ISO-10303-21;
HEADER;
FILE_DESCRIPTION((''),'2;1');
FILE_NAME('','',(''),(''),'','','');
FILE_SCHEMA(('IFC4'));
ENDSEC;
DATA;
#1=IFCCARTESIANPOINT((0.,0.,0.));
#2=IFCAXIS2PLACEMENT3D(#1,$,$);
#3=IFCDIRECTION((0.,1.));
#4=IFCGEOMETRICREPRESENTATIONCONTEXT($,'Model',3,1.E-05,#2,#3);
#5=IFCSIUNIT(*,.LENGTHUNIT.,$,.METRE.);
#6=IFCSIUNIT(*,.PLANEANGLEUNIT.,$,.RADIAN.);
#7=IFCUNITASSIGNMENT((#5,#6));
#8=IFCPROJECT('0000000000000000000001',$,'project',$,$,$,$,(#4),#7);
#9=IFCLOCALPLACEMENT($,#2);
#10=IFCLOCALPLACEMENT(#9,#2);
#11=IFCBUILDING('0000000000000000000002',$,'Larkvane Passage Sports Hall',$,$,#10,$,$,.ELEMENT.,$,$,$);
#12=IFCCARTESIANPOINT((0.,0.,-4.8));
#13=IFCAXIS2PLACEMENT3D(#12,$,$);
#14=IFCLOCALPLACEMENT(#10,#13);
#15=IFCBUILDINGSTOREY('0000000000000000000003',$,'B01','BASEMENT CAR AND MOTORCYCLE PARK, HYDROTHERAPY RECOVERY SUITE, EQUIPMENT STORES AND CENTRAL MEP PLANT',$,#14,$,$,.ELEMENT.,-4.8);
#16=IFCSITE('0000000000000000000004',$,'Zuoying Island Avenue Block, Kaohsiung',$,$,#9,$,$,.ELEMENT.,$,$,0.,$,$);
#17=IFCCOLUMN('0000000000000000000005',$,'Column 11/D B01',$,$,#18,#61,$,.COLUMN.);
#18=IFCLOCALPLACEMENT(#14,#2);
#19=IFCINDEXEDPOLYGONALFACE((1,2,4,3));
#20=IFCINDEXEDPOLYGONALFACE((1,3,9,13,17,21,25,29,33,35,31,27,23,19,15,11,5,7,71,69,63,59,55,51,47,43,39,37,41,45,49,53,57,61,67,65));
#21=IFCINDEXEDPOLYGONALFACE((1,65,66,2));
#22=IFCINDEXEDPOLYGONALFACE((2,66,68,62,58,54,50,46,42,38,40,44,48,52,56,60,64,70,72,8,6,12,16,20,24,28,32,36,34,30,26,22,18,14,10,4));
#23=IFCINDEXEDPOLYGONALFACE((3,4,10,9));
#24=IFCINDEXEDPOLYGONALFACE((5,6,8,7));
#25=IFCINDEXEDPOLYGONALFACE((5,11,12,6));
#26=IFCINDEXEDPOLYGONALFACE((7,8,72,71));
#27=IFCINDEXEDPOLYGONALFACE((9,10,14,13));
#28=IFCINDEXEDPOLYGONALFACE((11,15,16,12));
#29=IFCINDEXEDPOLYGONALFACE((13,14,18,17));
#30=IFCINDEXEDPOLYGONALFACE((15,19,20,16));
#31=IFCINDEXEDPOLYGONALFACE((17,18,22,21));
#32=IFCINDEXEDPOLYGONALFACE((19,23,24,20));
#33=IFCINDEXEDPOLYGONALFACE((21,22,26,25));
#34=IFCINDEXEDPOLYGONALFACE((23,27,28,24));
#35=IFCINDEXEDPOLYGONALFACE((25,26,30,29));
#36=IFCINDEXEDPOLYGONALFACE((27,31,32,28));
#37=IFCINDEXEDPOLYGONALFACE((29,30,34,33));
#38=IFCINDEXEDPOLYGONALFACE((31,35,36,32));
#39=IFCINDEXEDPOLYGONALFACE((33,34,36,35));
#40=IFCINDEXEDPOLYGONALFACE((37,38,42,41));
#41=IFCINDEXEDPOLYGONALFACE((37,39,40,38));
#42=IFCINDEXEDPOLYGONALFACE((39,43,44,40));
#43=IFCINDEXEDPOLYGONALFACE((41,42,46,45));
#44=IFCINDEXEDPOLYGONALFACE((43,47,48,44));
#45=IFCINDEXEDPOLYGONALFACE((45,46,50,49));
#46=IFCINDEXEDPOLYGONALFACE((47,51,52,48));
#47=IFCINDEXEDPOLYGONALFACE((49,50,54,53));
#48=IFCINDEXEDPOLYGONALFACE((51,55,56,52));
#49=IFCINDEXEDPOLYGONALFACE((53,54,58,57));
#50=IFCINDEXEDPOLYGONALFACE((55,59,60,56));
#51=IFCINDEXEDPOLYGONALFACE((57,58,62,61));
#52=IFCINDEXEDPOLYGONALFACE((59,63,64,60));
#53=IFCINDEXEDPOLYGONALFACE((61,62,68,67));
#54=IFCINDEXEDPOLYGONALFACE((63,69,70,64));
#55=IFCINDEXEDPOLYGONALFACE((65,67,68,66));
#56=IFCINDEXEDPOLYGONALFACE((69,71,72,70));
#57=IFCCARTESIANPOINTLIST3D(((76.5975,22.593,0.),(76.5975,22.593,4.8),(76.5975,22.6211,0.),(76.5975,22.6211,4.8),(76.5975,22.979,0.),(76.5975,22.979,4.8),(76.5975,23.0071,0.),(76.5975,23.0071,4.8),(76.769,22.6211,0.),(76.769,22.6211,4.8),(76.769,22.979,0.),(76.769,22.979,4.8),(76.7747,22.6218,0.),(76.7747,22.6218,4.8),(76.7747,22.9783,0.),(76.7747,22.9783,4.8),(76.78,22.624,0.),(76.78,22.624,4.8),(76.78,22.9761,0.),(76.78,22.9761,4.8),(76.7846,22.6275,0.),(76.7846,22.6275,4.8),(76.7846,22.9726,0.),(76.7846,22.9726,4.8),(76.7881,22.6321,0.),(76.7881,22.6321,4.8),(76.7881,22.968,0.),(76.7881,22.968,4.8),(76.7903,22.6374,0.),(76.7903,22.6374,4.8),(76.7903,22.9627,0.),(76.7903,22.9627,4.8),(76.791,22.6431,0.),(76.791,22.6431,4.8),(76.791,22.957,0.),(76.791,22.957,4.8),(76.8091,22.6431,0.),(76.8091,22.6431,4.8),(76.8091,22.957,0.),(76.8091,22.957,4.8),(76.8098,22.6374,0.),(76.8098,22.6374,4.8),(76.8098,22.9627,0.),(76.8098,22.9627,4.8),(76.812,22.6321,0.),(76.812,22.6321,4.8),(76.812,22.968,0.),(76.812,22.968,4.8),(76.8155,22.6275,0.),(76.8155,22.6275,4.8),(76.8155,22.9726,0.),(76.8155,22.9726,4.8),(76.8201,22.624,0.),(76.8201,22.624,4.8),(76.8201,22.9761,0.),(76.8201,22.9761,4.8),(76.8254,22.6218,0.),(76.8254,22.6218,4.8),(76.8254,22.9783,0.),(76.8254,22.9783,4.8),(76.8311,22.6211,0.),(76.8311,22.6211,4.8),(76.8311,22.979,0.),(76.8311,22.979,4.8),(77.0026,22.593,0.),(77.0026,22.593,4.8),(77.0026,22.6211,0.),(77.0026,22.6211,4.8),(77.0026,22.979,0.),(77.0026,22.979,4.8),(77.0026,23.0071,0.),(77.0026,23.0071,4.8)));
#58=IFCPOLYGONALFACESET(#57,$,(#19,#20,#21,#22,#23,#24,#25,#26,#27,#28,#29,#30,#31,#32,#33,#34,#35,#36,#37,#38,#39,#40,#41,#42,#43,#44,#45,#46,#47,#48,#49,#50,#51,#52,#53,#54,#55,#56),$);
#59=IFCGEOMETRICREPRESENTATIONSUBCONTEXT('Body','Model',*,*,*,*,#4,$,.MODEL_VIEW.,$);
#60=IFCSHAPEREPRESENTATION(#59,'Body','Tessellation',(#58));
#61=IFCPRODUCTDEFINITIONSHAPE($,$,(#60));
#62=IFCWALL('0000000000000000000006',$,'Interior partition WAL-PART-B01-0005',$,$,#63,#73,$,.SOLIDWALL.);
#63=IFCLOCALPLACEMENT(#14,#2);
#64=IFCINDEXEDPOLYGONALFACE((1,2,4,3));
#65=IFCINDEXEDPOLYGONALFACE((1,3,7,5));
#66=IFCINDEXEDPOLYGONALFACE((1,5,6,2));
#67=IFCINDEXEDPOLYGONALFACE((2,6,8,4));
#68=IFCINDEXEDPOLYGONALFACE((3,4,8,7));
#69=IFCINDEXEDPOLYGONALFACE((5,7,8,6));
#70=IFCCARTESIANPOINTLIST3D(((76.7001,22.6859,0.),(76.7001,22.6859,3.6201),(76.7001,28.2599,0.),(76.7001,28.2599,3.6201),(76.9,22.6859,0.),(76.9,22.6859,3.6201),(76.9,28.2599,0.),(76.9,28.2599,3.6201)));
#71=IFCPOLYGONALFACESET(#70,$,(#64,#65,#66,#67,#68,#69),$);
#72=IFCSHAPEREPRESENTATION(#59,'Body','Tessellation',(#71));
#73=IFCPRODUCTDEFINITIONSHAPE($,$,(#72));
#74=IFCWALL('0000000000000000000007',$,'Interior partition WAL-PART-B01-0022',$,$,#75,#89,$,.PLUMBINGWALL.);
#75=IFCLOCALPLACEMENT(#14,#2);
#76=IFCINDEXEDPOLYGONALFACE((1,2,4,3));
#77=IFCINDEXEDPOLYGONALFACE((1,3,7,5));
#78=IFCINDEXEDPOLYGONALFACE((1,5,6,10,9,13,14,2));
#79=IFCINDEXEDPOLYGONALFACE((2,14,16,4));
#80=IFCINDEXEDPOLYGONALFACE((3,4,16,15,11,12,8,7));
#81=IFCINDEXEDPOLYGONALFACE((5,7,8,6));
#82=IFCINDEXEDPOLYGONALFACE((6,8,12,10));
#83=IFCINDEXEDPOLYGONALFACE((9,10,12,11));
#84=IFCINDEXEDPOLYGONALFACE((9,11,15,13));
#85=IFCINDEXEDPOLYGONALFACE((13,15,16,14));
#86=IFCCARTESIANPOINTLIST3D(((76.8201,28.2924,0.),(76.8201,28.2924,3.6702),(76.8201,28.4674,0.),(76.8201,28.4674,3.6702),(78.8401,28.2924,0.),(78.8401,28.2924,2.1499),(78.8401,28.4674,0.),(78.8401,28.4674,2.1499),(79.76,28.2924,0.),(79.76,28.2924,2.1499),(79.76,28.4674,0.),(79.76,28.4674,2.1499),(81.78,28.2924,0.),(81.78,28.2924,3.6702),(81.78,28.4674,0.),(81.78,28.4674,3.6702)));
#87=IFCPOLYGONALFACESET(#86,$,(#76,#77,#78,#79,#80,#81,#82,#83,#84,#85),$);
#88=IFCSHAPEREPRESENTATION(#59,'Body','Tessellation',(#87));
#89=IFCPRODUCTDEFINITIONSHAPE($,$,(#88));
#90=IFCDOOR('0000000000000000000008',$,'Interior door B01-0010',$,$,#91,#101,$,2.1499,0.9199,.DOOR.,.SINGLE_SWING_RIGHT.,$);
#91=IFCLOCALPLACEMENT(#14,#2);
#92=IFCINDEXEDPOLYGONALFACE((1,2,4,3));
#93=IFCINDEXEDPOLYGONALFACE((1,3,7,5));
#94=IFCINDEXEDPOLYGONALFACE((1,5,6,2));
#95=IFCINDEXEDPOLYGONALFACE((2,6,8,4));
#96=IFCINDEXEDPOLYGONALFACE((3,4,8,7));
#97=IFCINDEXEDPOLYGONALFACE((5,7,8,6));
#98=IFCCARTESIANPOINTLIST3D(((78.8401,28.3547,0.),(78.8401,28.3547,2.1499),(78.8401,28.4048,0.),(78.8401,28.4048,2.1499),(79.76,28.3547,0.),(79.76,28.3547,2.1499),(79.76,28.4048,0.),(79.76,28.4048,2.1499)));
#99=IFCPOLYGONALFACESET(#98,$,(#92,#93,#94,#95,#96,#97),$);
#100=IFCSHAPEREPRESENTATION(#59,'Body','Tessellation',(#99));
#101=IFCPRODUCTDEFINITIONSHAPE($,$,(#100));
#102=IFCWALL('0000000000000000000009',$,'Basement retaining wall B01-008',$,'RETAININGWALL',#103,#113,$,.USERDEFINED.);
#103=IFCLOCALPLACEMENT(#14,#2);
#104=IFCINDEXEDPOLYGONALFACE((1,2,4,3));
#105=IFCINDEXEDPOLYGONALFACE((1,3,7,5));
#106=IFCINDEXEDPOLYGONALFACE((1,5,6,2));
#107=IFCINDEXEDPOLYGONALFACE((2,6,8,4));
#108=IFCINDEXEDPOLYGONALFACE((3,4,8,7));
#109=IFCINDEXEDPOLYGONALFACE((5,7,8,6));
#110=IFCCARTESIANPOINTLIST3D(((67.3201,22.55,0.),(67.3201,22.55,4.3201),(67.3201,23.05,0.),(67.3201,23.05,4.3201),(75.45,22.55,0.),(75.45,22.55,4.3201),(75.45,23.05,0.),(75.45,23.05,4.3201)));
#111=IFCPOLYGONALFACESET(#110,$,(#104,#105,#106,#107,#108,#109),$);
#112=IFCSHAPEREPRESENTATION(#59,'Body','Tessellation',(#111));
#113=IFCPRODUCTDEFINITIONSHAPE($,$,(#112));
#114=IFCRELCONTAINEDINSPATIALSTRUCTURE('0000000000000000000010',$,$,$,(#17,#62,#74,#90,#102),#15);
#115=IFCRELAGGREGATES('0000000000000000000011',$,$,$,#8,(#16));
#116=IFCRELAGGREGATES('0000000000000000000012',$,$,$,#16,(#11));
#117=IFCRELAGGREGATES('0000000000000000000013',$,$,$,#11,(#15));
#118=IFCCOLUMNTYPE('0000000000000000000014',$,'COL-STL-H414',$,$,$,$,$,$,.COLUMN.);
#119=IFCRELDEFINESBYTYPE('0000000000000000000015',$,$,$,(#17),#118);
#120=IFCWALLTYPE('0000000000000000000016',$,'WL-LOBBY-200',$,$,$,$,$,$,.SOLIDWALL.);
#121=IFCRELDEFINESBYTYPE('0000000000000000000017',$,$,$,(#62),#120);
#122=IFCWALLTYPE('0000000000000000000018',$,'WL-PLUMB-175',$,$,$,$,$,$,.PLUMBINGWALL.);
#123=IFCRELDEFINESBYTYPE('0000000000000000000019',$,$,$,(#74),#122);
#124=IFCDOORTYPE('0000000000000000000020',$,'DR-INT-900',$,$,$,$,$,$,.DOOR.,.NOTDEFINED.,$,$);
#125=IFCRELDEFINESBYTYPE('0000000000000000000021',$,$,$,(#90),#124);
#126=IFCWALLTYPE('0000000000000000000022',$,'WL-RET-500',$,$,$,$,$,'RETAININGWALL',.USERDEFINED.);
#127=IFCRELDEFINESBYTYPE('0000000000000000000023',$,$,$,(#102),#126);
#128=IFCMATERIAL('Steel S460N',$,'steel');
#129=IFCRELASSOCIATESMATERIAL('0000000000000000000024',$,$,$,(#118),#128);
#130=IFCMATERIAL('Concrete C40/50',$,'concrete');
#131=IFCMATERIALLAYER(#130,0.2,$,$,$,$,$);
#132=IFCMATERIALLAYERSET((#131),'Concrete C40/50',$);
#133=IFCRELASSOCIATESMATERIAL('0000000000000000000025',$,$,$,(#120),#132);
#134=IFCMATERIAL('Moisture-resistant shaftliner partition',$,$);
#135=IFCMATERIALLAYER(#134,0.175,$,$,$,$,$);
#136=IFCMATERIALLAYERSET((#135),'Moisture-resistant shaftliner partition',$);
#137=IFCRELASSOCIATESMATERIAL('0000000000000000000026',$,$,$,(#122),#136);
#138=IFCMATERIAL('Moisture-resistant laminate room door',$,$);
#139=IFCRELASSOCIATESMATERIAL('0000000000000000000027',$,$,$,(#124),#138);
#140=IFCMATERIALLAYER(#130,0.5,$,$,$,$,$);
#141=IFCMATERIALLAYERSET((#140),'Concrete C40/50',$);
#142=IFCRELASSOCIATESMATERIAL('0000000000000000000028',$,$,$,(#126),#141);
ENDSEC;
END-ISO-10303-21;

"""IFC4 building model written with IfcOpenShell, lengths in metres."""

from ifc_helpers import new_model, si_unit, direction, frame, frame_2d, origin, origin_2d, place, context, subcontext, project, spatial, rectangle, i_section, extrude, material, layer, layer_set, material_profile, profile_set, type_object, element, fill, save


model = new_model("IFC4")

# Units and contexts
model_context = context("Model", 3, precision=1e-05, world=origin(), true_north=direction((0.0, 1.0)))
body_context = subcontext(model_context, "Body", "Model", "MODEL_VIEW")
ifc_project = project(units=[si_unit("LENGTHUNIT", "METRE"), si_unit("PLANEANGLEUNIT", "RADIAN")], contexts=[model_context])

# Site, building, storey
site_placement = place(None, origin())
site = spatial("IfcSite", under=ifc_project, at=site_placement, Name="Zuoying Island Avenue Block, Kaohsiung", CompositionType="ELEMENT", RefElevation=0.0)
building_placement = place(site_placement, origin())
building = spatial("IfcBuilding", under=site, at=building_placement, Name="Larkvane Passage Sports Hall", CompositionType="ELEMENT")
storey_placement = place(building_placement, frame((0.0, 0.0, -4.8)))
storey = spatial("IfcBuildingStorey", under=building, at=storey_placement, Name="B01", Description="BASEMENT CAR AND MOTORCYCLE PARK, HYDROTHERAPY RECOVERY SUITE, EQUIPMENT STORES AND CENTRAL MEP PLANT", CompositionType="ELEMENT", Elevation=-4.8)

# Shared definitions
ifc_material_1 = material(Name="Concrete C40/50", Category="concrete")

# Column
ifc_material_2 = material(Name="Steel S460N", Category="steel")
ifc_material_profile_1 = material_profile(ifc_material_2, i_section(OverallWidth=0.405, OverallDepth=0.4141, WebThickness=0.0181, FlangeThickness=0.0281, FilletRadius=0.022, at=origin_2d()), Name="H-414x405x18x28")
ifc_profile_set_1 = profile_set([ifc_material_profile_1], Name="Steel S460N")
column_type_1 = type_object("IfcColumnType", Name="COL-STL-H414", PredefinedType="COLUMN", material=ifc_profile_set_1)
column_1_placement = place(storey_placement, frame((76.8, 22.8, 0.0), z_axis=(0.0, 0.0, 1.0), x_axis=(1.0, 0.0, 0.0)))
element("IfcColumn", 1, at=column_1_placement, inside=storey, type_object=column_type_1, Name="Column 11/D B01", PredefinedType="COLUMN", context=body_context, shape_type="SweptSolid", body=[
    extrude(i_section(OverallWidth=0.405, OverallDepth=0.4141, WebThickness=0.0181, FlangeThickness=0.0281, FilletRadius=0.022, at=origin_2d()), origin(), (0.0, 0.0, 1.0), 4.8),
])

# Wall
ifc_layer_1 = layer(ifc_material_1, 0.2)
ifc_layer_set_1 = layer_set([ifc_layer_1], Name="Concrete C40/50")
wall_type_1 = type_object("IfcWallType", Name="WL-LOBBY-200", PredefinedType="SOLIDWALL", material=ifc_layer_set_1)
wall_1_placement = place(storey_placement, frame((76.8, 28.26, 0.0), z_axis=(0.0, 0.0, 1.0), x_axis=(0.0, -1.0, 0.0)))
element("IfcWall", 2, at=wall_1_placement, inside=storey, type_object=wall_type_1, Name="Interior partition WAL-PART-B01-0005", PredefinedType="SOLIDWALL", context=body_context, shape_type="SweptSolid", body=[
    extrude(rectangle(XDim=5.574, YDim=0.2, at=frame_2d((2.7871, 0.0))), origin(), (0.0, 0.0, 1.0), 3.6201),
])

# Wall, opening, door
ifc_material_3 = material(Name="Moisture-resistant shaftliner partition")
ifc_layer_2 = layer(ifc_material_3, 0.175)
ifc_layer_set_2 = layer_set([ifc_layer_2], Name="Moisture-resistant shaftliner partition")
wall_type_2 = type_object("IfcWallType", Name="WL-PLUMB-175", PredefinedType="PLUMBINGWALL", material=ifc_layer_set_2)
wall_2_placement = place(storey_placement, frame((76.8201, 28.3799, 0.0), z_axis=(0.0, 0.0, 1.0), x_axis=(1.0, 0.0, 0.0)))
wall_2 = element("IfcWall", 3, at=wall_2_placement, inside=storey, type_object=wall_type_2, Name="Interior partition WAL-PART-B01-0022", PredefinedType="PLUMBINGWALL", context=body_context, shape_type="SweptSolid", body=[
    extrude(rectangle(XDim=4.96, YDim=0.175, at=frame_2d((2.48, 0.0))), origin(), (0.0, 0.0, 1.0), 3.6702),
])
opening_placement = place(wall_2_placement, frame((2.02, 0.0, 0.0)))
opening = element("IfcOpeningElement", 4, at=opening_placement, cuts=wall_2, PredefinedType="OPENING", context=body_context, shape_type="SweptSolid", body=[
    extrude(rectangle(XDim=0.9199, YDim=2.1499, at=frame_2d((0.46, 1.075))), frame((0.0, 0.0974, 0.0), z_axis=(0.0, -1.0, 0.0), x_axis=(1.0, 0.0, 0.0)), (0.0, 0.0, 1.0), 0.1951),
])
ifc_material_4 = material(Name="Moisture-resistant laminate room door")
door_type = type_object("IfcDoorType", Name="DR-INT-900", OperationType="NOTDEFINED", PredefinedType="DOOR", material=ifc_material_4)
door_placement = place(opening_placement, origin())
door = element("IfcDoor", 5, at=door_placement, inside=storey, type_object=door_type, Name="Interior door B01-0010", OperationType="SINGLE_SWING_RIGHT", OverallHeight=2.1499, OverallWidth=0.9199, PredefinedType="DOOR", context=body_context, shape_type="SweptSolid", body=[
    extrude(rectangle(XDim=0.9199, YDim=2.1499, at=frame_2d((0.46, 1.075))), frame((0.0, 0.0249, 0.0), z_axis=(0.0, -1.0, 0.0), x_axis=(1.0, 0.0, 0.0)), (0.0, 0.0, 1.0), 0.05),
])
fill(opening, door)

# Wall
ifc_layer_3 = layer(ifc_material_1, 0.5)
ifc_layer_set_3 = layer_set([ifc_layer_3], Name="Concrete C40/50")
wall_type_3 = type_object("IfcWallType", Name="WL-RET-500", ElementType="RETAININGWALL", PredefinedType="USERDEFINED", material=ifc_layer_set_3)
wall_3_placement = place(storey_placement, frame((67.3201, 22.8, 0.0), z_axis=(0.0, 0.0, 1.0), x_axis=(1.0, 0.0, 0.0)))
element("IfcWall", 6, at=wall_3_placement, inside=storey, type_object=wall_type_3, Name="Basement retaining wall B01-008", ObjectType="RETAININGWALL", PredefinedType="USERDEFINED", context=body_context, shape_type="SweptSolid", body=[
    extrude(rectangle(XDim=8.1299, YDim=0.5, at=frame_2d((4.0649, 0.0))), origin(), (0.0, 0.0, 1.0), 4.3201),
])

save(model, "model.ifc")
